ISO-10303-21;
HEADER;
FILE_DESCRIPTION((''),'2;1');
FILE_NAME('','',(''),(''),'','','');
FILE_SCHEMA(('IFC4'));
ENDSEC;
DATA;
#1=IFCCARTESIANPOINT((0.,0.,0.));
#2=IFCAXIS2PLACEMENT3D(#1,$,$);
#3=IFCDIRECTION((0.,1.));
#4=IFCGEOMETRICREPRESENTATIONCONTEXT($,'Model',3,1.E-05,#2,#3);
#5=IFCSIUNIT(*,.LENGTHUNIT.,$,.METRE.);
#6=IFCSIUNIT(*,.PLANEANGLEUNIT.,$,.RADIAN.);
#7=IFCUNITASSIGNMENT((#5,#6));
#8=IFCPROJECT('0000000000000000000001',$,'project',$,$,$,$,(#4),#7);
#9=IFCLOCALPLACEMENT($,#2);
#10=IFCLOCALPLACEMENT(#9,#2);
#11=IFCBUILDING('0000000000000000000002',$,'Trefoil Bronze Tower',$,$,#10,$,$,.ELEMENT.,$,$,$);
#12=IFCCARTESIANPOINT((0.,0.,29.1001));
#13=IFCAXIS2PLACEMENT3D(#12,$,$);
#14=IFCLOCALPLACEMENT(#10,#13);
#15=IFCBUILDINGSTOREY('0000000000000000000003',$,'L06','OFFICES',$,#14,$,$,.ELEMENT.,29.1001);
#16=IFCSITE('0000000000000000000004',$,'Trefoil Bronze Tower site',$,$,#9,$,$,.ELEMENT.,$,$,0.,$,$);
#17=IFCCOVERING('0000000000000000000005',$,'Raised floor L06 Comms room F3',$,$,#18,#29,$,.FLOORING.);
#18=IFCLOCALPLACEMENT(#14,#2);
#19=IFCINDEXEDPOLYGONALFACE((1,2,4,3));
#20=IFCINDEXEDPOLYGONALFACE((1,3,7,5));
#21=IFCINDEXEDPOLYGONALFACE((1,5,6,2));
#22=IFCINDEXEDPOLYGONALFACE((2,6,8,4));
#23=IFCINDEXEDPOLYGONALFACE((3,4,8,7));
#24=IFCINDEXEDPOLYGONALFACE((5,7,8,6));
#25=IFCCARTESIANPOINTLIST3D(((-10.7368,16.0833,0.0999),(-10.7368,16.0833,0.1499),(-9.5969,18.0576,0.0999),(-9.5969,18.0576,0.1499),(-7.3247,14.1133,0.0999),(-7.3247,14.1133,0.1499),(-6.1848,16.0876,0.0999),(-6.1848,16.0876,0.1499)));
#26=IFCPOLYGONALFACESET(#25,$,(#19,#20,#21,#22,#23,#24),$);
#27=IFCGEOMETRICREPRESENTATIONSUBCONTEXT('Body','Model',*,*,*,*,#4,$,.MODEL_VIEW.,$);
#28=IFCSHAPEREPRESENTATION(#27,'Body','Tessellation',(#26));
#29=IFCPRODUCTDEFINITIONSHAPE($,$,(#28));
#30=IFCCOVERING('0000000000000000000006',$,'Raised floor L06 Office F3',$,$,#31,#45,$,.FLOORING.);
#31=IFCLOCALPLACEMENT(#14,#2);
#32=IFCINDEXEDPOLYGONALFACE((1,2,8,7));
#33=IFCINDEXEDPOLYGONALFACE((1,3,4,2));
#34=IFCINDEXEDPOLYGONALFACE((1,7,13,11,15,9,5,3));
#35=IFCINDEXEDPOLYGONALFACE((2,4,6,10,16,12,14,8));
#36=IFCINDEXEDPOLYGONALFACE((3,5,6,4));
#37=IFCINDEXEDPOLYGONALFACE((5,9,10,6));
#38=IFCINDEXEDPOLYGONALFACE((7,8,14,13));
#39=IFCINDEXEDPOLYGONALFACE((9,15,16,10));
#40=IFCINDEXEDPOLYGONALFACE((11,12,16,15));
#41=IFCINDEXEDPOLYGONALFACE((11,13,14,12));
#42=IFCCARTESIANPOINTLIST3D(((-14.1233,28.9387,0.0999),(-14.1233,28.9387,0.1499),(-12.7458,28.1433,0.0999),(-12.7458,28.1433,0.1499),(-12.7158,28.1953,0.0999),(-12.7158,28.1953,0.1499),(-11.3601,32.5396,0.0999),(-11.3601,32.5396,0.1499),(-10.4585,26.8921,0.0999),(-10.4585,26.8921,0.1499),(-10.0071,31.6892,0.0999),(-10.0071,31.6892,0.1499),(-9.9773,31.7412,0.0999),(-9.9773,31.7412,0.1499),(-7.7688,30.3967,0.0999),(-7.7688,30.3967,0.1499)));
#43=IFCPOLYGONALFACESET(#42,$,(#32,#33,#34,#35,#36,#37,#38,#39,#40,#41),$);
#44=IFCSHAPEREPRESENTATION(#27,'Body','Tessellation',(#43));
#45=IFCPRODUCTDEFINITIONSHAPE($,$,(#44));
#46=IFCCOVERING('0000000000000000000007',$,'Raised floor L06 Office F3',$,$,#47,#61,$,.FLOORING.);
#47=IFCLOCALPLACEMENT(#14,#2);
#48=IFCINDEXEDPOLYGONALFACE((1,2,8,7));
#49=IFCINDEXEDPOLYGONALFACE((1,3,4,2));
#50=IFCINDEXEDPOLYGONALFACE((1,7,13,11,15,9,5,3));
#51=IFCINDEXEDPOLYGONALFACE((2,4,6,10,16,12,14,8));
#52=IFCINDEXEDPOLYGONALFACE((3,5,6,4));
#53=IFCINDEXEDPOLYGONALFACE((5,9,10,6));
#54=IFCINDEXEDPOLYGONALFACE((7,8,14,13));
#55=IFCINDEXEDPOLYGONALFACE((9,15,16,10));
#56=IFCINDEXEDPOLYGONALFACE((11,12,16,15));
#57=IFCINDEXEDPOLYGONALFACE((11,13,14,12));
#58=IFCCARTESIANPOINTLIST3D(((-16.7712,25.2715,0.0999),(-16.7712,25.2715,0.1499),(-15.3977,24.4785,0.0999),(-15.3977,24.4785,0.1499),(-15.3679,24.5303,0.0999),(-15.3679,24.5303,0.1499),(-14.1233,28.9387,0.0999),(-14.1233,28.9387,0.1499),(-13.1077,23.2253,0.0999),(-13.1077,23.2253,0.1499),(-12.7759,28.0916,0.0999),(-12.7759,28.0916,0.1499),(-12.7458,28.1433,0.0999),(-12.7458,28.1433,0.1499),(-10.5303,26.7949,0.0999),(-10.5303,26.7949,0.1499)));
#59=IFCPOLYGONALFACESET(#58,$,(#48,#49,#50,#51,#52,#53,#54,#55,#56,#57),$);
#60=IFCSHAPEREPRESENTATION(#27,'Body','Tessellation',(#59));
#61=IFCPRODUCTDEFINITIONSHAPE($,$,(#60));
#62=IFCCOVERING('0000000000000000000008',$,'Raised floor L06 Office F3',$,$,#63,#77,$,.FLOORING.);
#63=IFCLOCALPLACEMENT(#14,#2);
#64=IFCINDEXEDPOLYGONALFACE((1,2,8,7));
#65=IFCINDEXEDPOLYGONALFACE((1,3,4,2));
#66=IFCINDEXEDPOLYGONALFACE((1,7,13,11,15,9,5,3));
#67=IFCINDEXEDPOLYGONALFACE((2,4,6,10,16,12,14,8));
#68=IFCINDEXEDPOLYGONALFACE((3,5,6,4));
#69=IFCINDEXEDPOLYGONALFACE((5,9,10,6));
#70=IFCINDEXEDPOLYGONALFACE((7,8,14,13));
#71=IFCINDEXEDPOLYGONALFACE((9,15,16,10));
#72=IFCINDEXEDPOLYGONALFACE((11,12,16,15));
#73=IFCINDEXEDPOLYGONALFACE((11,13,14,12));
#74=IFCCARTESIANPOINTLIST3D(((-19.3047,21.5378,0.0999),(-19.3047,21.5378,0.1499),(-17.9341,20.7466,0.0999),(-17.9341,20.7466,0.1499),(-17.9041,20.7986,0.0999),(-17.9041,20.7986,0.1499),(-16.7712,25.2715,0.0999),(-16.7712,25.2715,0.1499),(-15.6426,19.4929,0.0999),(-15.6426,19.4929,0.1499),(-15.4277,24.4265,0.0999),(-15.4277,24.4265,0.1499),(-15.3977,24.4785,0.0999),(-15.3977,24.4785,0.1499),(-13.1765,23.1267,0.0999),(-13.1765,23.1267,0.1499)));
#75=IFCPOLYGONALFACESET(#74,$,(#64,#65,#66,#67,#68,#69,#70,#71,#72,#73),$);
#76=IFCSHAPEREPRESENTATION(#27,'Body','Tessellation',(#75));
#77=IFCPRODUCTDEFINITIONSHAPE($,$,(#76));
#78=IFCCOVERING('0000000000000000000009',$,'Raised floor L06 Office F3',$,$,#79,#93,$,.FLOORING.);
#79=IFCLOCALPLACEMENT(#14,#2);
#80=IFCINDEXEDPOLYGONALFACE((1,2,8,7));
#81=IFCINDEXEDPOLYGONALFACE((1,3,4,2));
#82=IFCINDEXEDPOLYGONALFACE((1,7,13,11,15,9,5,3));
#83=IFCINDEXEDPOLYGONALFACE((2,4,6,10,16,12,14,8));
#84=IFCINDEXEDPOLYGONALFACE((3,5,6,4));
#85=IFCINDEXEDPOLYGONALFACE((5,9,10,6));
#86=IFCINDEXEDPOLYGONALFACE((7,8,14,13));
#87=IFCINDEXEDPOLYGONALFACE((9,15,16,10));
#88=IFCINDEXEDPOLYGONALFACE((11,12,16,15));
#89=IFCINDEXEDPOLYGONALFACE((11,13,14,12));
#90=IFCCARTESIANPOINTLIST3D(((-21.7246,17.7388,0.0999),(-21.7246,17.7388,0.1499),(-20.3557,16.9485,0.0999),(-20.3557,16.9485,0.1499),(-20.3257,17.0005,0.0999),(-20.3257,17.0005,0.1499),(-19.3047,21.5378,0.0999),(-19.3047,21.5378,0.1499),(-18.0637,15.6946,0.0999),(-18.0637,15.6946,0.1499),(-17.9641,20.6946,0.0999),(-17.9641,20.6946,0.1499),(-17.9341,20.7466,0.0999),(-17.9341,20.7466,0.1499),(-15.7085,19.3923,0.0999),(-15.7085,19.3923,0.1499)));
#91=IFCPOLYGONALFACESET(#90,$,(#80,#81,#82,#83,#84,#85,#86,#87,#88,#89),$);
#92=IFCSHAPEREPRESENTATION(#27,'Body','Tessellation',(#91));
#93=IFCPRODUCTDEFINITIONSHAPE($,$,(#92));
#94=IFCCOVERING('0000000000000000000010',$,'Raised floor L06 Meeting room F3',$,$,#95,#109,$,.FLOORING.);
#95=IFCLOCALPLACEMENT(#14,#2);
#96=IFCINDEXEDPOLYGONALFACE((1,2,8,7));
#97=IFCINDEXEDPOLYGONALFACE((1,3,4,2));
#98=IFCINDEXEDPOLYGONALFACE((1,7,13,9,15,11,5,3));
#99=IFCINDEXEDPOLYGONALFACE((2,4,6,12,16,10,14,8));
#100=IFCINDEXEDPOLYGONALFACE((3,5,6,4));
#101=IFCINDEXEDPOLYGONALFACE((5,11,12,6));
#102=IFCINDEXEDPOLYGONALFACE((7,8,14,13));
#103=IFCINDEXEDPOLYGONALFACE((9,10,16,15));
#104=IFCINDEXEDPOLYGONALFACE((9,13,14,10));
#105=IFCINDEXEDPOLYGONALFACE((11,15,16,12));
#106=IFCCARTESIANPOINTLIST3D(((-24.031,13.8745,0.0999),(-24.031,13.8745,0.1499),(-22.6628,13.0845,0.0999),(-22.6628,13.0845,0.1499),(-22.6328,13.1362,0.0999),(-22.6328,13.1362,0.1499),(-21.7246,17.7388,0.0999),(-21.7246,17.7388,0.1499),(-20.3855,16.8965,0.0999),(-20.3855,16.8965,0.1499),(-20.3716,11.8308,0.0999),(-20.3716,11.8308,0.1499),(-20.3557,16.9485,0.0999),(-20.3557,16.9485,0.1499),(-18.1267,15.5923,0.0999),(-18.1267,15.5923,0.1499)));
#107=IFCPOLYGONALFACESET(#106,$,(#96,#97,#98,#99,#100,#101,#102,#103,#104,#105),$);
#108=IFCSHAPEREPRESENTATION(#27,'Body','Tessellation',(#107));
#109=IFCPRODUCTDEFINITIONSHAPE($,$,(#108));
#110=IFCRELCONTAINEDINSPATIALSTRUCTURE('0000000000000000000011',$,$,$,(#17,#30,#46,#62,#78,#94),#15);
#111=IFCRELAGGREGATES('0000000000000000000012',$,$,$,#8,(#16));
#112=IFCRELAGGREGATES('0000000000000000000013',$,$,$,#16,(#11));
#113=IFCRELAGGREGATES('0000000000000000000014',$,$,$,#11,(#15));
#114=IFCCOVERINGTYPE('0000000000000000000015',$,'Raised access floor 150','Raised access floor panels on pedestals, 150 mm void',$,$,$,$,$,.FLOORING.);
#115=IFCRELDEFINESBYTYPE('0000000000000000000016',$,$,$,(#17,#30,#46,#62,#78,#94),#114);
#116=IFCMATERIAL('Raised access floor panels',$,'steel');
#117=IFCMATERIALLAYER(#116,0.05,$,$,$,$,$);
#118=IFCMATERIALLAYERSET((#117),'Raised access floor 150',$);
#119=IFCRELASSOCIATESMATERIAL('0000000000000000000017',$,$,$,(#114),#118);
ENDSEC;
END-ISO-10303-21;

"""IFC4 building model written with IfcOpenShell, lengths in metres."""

from ifc_helpers import new_model, si_unit, direction, frame, origin, place, context, subcontext, project, spatial, polyline, outline, extrude, material, layer, layer_set, type_object, element, save


model = new_model("IFC4")

# Units and contexts
model_context = context("Model", 3, precision=1e-05, world=origin(), true_north=direction((0.0, 1.0)))
body_context = subcontext(model_context, "Body", "Model", "MODEL_VIEW")
ifc_project = project(units=[si_unit("LENGTHUNIT", "METRE"), si_unit("PLANEANGLEUNIT", "RADIAN")], contexts=[model_context])

# Site, building, storey
site_placement = place(None, origin())
site = spatial("IfcSite", under=ifc_project, at=site_placement, Name="Trefoil Bronze Tower site", CompositionType="ELEMENT", RefElevation=0.0)
building_placement = place(site_placement, origin())
building = spatial("IfcBuilding", under=site, at=building_placement, Name="Trefoil Bronze Tower", CompositionType="ELEMENT")
storey_placement = place(building_placement, frame((0.0, 0.0, 29.1001)))
storey = spatial("IfcBuildingStorey", under=building, at=storey_placement, Name="L06", Description="OFFICES", CompositionType="ELEMENT", Elevation=29.1001)

# Coverings
ifc_material_1 = material(Name="Raised access floor panels", Category="steel")
ifc_layer_1 = layer(ifc_material_1, 0.05)
ifc_layer_set_1 = layer_set([ifc_layer_1], Name="Raised access floor 150")
covering_type_1 = type_object("IfcCoveringType", Name="Raised access floor 150", Description="Raised access floor panels on pedestals, 150 mm void", PredefinedType="FLOORING", material=ifc_layer_set_1)
covering_1_placement = place(storey_placement, frame((0.0, 0.0, 0.0999)))
element("IfcCovering", 1, at=covering_1_placement, inside=storey, type_object=covering_type_1, Name="Raised floor L06 Comms room F3", PredefinedType="FLOORING", context=body_context, shape_type="SweptSolid", body=[
    extrude(outline(polyline([(-7.3247, 14.1133), (-10.7368, 16.0833), (-9.5969, 18.0576), (-6.1848, 16.0876), (-7.3247, 14.1133)])), origin(), (0.0, 0.0, 1.0), 0.05),
])
covering_2_placement = place(storey_placement, frame((0.0, 0.0, 0.0999)))
element("IfcCovering", 2, at=covering_2_placement, inside=storey, type_object=covering_type_1, Name="Raised floor L06 Office F3", PredefinedType="FLOORING", context=body_context, shape_type="SweptSolid", body=[
    extrude(outline(polyline([(-14.1233, 28.9387), (-11.3601, 32.5396), (-9.9773, 31.7412), (-10.0071, 31.6892), (-7.7688, 30.3967), (-10.4585, 26.8921), (-12.7158, 28.1953), (-12.7458, 28.1433), (-14.1233, 28.9387)])), origin(), (0.0, 0.0, 1.0), 0.05),
])
covering_3_placement = place(storey_placement, frame((0.0, 0.0, 0.0999)))
element("IfcCovering", 3, at=covering_3_placement, inside=storey, type_object=covering_type_1, Name="Raised floor L06 Office F3", PredefinedType="FLOORING", context=body_context, shape_type="SweptSolid", body=[
    extrude(outline(polyline([(-14.1233, 28.9387), (-12.7458, 28.1433), (-12.7759, 28.0916), (-10.5303, 26.7949), (-13.1077, 23.2253), (-15.3679, 24.5303), (-15.3977, 24.4785), (-16.7712, 25.2715), (-14.1233, 28.9387)])), origin(), (0.0, 0.0, 1.0), 0.05),
])
covering_4_placement = place(storey_placement, frame((0.0, 0.0, 0.0999)))
element("IfcCovering", 4, at=covering_4_placement, inside=storey, type_object=covering_type_1, Name="Raised floor L06 Office F3", PredefinedType="FLOORING", context=body_context, shape_type="SweptSolid", body=[
    extrude(outline(polyline([(-19.3047, 21.5378), (-16.7712, 25.2715), (-15.3977, 24.4785), (-15.4277, 24.4265), (-13.1765, 23.1267), (-15.6426, 19.4929), (-17.9041, 20.7986), (-17.9341, 20.7466), (-19.3047, 21.5378)])), origin(), (0.0, 0.0, 1.0), 0.05),
])
covering_5_placement = place(storey_placement, frame((0.0, 0.0, 0.0999)))
element("IfcCovering", 5, at=covering_5_placement, inside=storey, type_object=covering_type_1, Name="Raised floor L06 Office F3", PredefinedType="FLOORING", context=body_context, shape_type="SweptSolid", body=[
    extrude(outline(polyline([(-19.3047, 21.5378), (-17.9341, 20.7466), (-17.9641, 20.6946), (-15.7085, 19.3923), (-18.0637, 15.6946), (-20.3257, 17.0005), (-20.3557, 16.9485), (-21.7246, 17.7388), (-19.3047, 21.5378)])), origin(), (0.0, 0.0, 1.0), 0.05),
])
covering_6_placement = place(storey_placement, frame((0.0, 0.0, 0.0999)))
element("IfcCovering", 6, at=covering_6_placement, inside=storey, type_object=covering_type_1, Name="Raised floor L06 Meeting room F3", PredefinedType="FLOORING", context=body_context, shape_type="SweptSolid", body=[
    extrude(outline(polyline([(-24.031, 13.8745), (-21.7246, 17.7388), (-20.3557, 16.9485), (-20.3855, 16.8965), (-18.1267, 15.5923), (-20.3716, 11.8308), (-22.6328, 13.1362), (-22.6628, 13.0845), (-24.031, 13.8745)])), origin(), (0.0, 0.0, 1.0), 0.05),
])

save(model, "model.ifc")
